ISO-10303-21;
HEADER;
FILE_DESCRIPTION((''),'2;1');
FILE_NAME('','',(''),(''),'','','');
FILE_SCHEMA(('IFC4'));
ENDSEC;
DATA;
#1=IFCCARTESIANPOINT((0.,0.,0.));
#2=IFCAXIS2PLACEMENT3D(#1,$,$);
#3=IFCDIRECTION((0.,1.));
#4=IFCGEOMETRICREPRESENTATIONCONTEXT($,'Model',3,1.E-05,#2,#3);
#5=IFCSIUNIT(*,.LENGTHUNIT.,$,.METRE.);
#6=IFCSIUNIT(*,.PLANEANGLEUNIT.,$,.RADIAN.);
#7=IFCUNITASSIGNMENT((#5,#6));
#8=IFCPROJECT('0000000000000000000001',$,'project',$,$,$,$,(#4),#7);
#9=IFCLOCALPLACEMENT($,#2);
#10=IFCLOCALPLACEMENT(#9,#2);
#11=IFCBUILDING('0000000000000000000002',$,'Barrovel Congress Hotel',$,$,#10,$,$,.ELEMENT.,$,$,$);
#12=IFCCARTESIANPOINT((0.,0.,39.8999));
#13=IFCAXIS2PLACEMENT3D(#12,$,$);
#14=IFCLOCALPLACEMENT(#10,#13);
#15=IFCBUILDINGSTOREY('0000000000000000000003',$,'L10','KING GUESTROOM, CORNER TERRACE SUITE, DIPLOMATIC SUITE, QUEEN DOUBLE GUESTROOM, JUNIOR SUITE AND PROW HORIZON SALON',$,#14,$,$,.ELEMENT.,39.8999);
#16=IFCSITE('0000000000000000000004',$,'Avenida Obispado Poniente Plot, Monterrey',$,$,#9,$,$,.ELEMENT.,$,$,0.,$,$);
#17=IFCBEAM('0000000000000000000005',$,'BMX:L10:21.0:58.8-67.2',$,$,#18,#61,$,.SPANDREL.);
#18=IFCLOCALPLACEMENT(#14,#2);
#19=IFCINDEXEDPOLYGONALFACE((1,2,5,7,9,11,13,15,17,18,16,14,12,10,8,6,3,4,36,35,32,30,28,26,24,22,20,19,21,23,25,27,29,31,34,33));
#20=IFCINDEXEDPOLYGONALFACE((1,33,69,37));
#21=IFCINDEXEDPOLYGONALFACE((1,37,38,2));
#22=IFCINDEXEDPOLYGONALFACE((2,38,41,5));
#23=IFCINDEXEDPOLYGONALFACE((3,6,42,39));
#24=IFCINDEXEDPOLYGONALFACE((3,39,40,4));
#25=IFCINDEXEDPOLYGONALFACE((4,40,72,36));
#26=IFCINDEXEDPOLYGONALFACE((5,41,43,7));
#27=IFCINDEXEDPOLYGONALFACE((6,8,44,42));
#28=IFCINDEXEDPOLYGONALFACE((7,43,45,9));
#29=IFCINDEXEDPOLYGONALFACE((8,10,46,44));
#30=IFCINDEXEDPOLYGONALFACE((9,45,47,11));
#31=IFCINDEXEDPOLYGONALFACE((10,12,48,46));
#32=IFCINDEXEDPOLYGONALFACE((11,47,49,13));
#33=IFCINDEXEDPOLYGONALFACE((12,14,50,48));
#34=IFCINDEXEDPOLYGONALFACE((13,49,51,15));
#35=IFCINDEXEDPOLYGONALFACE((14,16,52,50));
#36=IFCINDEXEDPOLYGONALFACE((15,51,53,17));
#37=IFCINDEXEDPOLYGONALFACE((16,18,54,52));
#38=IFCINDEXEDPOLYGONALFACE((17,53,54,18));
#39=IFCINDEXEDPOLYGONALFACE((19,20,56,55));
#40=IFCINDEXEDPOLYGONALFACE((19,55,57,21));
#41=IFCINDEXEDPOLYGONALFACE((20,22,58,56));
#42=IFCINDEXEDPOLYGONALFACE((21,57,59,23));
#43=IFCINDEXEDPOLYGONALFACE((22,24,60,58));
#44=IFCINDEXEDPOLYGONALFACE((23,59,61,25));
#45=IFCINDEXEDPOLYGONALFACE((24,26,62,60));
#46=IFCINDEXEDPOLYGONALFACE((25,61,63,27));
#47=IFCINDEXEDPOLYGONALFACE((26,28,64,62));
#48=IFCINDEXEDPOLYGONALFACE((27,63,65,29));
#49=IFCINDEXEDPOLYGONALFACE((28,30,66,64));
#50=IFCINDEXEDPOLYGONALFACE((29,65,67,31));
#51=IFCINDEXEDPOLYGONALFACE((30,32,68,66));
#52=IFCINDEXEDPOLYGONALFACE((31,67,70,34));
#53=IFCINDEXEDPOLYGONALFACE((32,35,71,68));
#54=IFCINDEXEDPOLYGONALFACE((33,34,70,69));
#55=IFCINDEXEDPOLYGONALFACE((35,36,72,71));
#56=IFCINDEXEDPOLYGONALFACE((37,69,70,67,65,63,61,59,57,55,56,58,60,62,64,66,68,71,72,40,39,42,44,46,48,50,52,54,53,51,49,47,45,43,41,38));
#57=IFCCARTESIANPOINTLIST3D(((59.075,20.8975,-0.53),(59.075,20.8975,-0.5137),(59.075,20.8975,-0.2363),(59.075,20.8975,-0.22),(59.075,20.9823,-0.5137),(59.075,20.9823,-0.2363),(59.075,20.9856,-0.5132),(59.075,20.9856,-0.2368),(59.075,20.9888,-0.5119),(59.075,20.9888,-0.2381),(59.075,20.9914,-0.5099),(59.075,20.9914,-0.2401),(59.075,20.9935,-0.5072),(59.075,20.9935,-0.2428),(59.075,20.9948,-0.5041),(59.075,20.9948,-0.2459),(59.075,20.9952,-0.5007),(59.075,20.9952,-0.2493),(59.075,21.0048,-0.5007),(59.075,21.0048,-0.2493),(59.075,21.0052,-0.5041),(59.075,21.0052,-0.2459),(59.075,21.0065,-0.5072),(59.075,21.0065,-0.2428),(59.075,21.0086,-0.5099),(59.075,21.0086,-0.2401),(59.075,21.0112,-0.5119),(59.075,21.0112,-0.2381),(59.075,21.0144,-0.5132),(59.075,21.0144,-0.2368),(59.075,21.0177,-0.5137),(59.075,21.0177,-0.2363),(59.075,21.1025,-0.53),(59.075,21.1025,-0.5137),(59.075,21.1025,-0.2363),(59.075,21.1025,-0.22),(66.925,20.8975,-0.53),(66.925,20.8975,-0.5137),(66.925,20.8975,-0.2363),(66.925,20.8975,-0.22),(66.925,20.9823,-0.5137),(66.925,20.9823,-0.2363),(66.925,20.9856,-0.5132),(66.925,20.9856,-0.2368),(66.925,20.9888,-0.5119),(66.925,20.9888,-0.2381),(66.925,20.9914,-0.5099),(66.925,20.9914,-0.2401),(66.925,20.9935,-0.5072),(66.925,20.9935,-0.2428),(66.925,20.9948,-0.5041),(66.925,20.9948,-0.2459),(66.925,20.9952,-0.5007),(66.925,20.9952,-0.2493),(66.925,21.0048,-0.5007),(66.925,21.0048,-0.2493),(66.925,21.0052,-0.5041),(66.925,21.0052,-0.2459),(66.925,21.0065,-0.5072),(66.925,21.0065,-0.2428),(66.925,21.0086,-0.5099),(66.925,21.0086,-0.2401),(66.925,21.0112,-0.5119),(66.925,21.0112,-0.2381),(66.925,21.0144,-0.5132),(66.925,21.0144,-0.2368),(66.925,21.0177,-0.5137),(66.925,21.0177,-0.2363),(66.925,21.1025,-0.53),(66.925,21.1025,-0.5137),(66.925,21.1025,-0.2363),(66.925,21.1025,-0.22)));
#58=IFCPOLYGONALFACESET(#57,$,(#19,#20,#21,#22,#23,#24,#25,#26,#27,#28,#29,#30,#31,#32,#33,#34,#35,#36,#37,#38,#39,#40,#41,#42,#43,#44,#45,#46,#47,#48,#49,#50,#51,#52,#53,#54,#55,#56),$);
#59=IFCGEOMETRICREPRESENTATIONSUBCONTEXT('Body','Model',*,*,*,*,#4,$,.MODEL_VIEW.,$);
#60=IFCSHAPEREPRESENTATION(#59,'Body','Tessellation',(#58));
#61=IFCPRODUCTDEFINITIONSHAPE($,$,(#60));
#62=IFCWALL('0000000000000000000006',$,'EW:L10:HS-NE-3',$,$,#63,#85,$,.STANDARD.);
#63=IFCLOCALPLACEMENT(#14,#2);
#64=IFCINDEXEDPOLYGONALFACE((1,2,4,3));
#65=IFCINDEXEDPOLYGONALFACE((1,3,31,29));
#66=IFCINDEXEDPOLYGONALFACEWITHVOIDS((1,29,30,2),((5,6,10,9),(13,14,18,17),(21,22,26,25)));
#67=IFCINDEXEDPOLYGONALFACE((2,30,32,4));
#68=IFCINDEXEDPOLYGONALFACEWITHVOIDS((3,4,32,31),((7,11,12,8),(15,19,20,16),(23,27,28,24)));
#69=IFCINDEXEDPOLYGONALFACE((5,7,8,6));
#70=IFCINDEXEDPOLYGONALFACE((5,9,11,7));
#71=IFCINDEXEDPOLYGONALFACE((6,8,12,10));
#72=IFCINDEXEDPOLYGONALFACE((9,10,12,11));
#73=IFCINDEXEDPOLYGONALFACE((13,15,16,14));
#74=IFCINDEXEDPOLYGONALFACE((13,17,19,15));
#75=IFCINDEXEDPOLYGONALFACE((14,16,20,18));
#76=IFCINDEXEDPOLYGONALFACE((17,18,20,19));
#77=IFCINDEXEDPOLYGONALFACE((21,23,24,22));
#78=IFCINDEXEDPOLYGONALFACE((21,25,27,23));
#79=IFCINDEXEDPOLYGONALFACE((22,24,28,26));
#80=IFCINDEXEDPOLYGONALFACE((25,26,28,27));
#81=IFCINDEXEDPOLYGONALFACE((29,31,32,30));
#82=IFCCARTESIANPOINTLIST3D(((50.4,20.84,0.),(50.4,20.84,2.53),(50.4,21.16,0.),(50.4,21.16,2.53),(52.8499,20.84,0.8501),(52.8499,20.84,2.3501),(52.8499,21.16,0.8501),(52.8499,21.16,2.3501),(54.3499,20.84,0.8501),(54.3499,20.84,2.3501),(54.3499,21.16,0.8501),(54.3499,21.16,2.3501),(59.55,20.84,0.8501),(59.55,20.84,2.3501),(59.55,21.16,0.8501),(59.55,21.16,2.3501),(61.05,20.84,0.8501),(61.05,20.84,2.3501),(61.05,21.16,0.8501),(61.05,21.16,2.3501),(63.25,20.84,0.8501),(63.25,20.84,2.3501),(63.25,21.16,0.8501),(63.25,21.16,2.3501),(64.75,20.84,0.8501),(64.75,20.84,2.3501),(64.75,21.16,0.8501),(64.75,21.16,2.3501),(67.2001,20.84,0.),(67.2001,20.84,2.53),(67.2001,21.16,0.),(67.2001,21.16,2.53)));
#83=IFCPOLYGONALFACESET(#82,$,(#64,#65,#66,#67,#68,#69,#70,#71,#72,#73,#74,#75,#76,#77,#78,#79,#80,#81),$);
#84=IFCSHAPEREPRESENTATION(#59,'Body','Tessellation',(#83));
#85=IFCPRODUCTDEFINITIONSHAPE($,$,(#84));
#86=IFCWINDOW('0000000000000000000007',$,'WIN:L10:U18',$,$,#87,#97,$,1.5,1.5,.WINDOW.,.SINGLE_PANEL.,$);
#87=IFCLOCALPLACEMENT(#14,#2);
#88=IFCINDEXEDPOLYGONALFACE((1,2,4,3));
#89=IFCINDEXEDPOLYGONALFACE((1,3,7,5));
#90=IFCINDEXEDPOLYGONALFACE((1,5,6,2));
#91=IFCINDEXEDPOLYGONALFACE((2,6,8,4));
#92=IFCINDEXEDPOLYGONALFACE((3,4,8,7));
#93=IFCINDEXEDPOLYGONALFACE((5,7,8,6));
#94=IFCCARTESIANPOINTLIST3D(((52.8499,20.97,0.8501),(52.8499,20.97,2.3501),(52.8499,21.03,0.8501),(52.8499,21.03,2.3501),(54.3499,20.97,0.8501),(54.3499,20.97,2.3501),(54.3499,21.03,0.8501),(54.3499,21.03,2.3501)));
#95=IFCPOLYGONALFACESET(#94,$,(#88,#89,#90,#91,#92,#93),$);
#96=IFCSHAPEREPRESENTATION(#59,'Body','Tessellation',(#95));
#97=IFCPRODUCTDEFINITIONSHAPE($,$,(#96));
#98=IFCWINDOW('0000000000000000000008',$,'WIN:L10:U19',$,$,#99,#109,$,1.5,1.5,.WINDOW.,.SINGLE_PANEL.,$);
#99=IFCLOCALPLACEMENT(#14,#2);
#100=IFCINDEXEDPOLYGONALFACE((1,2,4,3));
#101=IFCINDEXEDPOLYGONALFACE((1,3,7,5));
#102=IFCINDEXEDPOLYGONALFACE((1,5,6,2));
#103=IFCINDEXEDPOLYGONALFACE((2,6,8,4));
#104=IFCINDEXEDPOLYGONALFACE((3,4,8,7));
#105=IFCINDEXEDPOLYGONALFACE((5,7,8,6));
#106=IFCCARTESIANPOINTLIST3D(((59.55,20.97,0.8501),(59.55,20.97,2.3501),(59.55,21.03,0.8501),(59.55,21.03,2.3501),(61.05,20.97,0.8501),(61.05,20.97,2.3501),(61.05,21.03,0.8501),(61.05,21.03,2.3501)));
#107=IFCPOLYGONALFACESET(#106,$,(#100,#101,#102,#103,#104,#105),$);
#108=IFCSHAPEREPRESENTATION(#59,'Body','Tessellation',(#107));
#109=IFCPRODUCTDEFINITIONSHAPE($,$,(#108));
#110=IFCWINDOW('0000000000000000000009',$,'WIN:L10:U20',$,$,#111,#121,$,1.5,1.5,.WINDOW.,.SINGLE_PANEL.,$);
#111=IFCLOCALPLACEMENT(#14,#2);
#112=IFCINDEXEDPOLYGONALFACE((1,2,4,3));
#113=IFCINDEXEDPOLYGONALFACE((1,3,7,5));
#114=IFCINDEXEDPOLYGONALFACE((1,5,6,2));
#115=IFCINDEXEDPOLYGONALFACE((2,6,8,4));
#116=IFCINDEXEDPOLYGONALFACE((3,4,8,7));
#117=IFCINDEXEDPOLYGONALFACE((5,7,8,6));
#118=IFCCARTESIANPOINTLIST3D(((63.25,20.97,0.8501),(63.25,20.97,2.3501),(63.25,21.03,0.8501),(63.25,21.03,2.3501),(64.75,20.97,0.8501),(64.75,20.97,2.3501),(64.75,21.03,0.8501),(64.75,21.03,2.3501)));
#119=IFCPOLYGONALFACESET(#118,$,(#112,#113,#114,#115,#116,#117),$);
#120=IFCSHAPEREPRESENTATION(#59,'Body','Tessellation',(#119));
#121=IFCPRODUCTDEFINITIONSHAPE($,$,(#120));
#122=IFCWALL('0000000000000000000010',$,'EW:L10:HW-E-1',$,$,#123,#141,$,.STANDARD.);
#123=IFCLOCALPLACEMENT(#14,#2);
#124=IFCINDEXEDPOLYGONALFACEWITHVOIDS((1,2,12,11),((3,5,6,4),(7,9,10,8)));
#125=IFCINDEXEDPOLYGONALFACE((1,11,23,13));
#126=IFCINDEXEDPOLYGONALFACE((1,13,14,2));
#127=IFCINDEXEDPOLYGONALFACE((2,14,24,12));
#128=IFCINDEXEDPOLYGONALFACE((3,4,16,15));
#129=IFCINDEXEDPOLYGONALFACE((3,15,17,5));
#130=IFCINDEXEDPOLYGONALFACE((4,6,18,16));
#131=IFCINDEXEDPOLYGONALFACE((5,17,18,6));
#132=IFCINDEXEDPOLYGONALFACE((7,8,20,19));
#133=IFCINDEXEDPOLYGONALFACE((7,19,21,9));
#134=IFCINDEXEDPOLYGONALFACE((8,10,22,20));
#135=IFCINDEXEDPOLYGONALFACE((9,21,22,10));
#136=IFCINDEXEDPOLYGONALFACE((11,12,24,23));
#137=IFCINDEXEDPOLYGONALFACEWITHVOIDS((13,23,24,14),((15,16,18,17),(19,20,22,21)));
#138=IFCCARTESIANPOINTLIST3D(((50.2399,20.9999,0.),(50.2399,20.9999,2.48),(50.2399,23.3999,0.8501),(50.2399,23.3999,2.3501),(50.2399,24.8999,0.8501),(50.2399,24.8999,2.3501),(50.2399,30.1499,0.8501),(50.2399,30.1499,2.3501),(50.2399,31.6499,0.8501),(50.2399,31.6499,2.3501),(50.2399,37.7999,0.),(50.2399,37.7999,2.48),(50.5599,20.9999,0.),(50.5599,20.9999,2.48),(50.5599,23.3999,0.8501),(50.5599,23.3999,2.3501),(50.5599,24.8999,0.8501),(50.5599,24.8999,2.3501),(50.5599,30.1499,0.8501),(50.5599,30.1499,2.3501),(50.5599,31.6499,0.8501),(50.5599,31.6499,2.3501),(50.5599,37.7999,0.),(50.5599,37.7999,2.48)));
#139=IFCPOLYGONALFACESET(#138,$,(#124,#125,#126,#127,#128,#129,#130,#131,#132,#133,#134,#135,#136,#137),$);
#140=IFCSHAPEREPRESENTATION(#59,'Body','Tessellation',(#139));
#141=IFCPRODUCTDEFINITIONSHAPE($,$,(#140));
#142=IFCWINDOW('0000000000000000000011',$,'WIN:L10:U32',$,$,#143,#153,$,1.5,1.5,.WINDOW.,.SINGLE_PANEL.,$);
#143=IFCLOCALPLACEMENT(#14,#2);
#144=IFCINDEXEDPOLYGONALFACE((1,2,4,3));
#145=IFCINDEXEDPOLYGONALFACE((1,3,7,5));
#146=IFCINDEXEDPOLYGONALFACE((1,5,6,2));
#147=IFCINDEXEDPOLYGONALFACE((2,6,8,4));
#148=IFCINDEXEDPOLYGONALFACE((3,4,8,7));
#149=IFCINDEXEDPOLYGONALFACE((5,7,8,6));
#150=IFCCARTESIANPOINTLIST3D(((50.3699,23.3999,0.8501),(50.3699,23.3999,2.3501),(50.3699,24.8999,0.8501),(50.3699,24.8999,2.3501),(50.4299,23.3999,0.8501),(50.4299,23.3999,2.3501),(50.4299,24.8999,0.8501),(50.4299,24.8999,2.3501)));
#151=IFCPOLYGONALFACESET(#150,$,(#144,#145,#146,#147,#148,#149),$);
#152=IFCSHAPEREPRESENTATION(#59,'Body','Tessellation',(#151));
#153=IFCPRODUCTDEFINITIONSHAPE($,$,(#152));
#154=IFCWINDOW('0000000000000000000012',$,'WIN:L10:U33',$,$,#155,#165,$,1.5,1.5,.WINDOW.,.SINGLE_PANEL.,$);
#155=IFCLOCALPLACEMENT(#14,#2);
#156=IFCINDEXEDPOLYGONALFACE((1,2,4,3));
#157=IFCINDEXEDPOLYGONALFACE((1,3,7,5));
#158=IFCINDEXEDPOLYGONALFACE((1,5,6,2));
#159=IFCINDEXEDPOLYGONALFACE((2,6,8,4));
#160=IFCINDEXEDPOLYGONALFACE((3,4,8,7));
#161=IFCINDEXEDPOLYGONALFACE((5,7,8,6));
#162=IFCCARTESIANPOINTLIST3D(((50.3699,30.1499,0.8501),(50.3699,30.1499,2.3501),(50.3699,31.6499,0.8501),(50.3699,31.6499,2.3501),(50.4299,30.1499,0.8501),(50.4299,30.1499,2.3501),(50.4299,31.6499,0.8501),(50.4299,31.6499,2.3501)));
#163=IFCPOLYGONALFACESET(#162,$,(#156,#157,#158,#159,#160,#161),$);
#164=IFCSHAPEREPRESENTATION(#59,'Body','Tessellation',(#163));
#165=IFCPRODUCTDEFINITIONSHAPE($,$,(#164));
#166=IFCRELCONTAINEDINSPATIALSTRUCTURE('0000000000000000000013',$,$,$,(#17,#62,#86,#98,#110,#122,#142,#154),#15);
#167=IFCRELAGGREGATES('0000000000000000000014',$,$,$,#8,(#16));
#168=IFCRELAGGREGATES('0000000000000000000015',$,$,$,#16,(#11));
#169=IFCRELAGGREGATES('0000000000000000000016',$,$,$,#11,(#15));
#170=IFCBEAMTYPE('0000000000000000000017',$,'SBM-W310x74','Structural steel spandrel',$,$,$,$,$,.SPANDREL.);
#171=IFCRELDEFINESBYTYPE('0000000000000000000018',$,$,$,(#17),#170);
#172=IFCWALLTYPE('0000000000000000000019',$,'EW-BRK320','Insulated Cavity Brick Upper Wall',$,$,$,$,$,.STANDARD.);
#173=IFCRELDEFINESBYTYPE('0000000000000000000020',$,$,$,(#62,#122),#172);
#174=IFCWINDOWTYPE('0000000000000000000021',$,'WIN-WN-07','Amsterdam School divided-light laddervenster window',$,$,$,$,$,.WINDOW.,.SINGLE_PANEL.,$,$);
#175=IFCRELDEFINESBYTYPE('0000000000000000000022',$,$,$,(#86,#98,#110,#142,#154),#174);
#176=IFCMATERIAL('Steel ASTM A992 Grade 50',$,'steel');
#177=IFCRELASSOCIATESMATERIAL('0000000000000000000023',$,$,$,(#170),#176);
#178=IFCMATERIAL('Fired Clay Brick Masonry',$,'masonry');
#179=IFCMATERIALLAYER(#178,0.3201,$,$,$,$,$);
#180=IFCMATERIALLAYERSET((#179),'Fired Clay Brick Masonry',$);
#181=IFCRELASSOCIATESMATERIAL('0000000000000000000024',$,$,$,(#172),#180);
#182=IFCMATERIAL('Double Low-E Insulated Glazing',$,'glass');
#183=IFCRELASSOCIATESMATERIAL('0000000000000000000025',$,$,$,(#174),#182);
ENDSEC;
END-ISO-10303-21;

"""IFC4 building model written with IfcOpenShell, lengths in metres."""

from ifc_helpers import new_model, si_unit, direction, frame, frame_2d, origin, origin_2d, place, context, subcontext, project, spatial, rectangle, i_section, extrude, material, layer, layer_set, material_profile, profile_set, type_object, element, fill, save


model = new_model("IFC4")

# Units and contexts
model_context = context("Model", 3, precision=1e-05, world=origin(), true_north=direction((0.0, 1.0)))
body_context = subcontext(model_context, "Body", "Model", "MODEL_VIEW")
ifc_project = project(units=[si_unit("LENGTHUNIT", "METRE"), si_unit("PLANEANGLEUNIT", "RADIAN")], contexts=[model_context])

# Site, building, storey
site_placement = place(None, origin())
site = spatial("IfcSite", under=ifc_project, at=site_placement, Name="Avenida Obispado Poniente Plot, Monterrey", CompositionType="ELEMENT", RefElevation=0.0)
building_placement = place(site_placement, origin())
building = spatial("IfcBuilding", under=site, at=building_placement, Name="Barrovel Congress Hotel", CompositionType="ELEMENT")
storey_placement = place(building_placement, frame((0.0, 0.0, 39.8999)))
storey = spatial("IfcBuildingStorey", under=building, at=storey_placement, Name="L10", Description="KING GUESTROOM, CORNER TERRACE SUITE, DIPLOMATIC SUITE, QUEEN DOUBLE GUESTROOM, JUNIOR SUITE AND PROW HORIZON SALON", CompositionType="ELEMENT", Elevation=39.8999)

# Beam
ifc_material_1 = material(Name="Steel ASTM A992 Grade 50", Category="steel")
ifc_material_profile_1 = material_profile(ifc_material_1, i_section(OverallWidth=0.2051, OverallDepth=0.3101, WebThickness=0.0095, FlangeThickness=0.0164, FilletRadius=0.0129, at=origin_2d()), Name="W310x74")
ifc_profile_set_1 = profile_set([ifc_material_profile_1], Name="Steel ASTM A992 Grade 50")
beam_type_1 = type_object("IfcBeamType", Name="SBM-W310x74", Description="Structural steel spandrel", PredefinedType="SPANDREL", material=ifc_profile_set_1)
beam_1_placement = place(storey_placement, frame((59.075, 21.0, -0.375), z_axis=(1.0, 0.0, 0.0), x_axis=(0.0, 1.0, 0.0)))
element("IfcBeam", 1, at=beam_1_placement, inside=storey, type_object=beam_type_1, Name="BMX:L10:21.0:58.8-67.2", PredefinedType="SPANDREL", context=body_context, shape_type="SweptSolid", body=[
    extrude(i_section(OverallWidth=0.2051, OverallDepth=0.3101, WebThickness=0.0095, FlangeThickness=0.0164, FilletRadius=0.0129, at=origin_2d()), origin(), (0.0, 0.0, 1.0), 7.8501),
])

# Walls, openings, windows
ifc_material_2 = material(Name="Fired Clay Brick Masonry", Category="masonry")
ifc_layer_1 = layer(ifc_material_2, 0.3201)
ifc_layer_set_1 = layer_set([ifc_layer_1], Name="Fired Clay Brick Masonry")
wall_type_1 = type_object("IfcWallType", Name="EW-BRK320", Description="Insulated Cavity Brick Upper Wall", PredefinedType="STANDARD", material=ifc_layer_set_1)
wall_1_placement = place(storey_placement, frame((67.2, 21.0, 0.0), z_axis=(0.0, 0.0, 1.0), x_axis=(-1.0, 0.0, 0.0)))
wall_1 = element("IfcWall", 2, at=wall_1_placement, inside=storey, type_object=wall_type_1, Name="EW:L10:HS-NE-3", PredefinedType="STANDARD", context=body_context, shape_type="SweptSolid", body=[
    extrude(rectangle(XDim=16.8, YDim=0.3201, at=frame_2d((8.3999, 0.0))), origin(), (0.0, 0.0, 1.0), 2.53),
])
opening_1_placement = place(wall_1_placement, frame((12.8501, 0.0, 0.8501)))
opening_1 = element("IfcOpeningElement", 3, at=opening_1_placement, cuts=wall_1, PredefinedType="OPENING", context=body_context, shape_type="SweptSolid", body=[
    extrude(rectangle(XDim=1.5, YDim=1.5, at=frame_2d((0.75, 0.75))), frame((0.0, 0.1699, 0.0), z_axis=(0.0, -1.0, 0.0), x_axis=(1.0, 0.0, 0.0)), (0.0, 0.0, 1.0), 0.3401),
])
opening_2_placement = place(wall_1_placement, frame((6.1499, 0.0, 0.8501)))
opening_2 = element("IfcOpeningElement", 4, at=opening_2_placement, cuts=wall_1, PredefinedType="OPENING", context=body_context, shape_type="SweptSolid", body=[
    extrude(rectangle(XDim=1.5, YDim=1.5, at=frame_2d((0.75, 0.75))), frame((0.0, 0.1699, 0.0), z_axis=(0.0, -1.0, 0.0), x_axis=(1.0, 0.0, 0.0)), (0.0, 0.0, 1.0), 0.3401),
])
opening_3_placement = place(wall_1_placement, frame((2.45, 0.0, 0.8501)))
opening_3 = element("IfcOpeningElement", 5, at=opening_3_placement, cuts=wall_1, PredefinedType="OPENING", context=body_context, shape_type="SweptSolid", body=[
    extrude(rectangle(XDim=1.5, YDim=1.5, at=frame_2d((0.75, 0.75))), frame((0.0, 0.1699, 0.0), z_axis=(0.0, -1.0, 0.0), x_axis=(1.0, 0.0, 0.0)), (0.0, 0.0, 1.0), 0.3401),
])
ifc_material_3 = material(Name="Double Low-E Insulated Glazing", Category="glass")
window_type = type_object("IfcWindowType", Name="WIN-WN-07", Description="Amsterdam School divided-light laddervenster window", PartitioningType="SINGLE_PANEL", PredefinedType="WINDOW", material=ifc_material_3)
window_1_placement = place(opening_1_placement, origin())
window_1 = element("IfcWindow", 6, at=window_1_placement, inside=storey, type_object=window_type, Name="WIN:L10:U18", OverallHeight=1.5, OverallWidth=1.5, PartitioningType="SINGLE_PANEL", PredefinedType="WINDOW", context=body_context, shape_type="SweptSolid", body=[
    extrude(rectangle(XDim=1.5, YDim=1.5, at=frame_2d((0.75, 0.75))), frame((0.0, 0.03, 0.0), z_axis=(0.0, -1.0, 0.0), x_axis=(1.0, 0.0, 0.0)), (0.0, 0.0, 1.0), 0.0601),
])
fill(opening_1, window_1)
window_2_placement = place(opening_2_placement, origin())
window_2 = element("IfcWindow", 7, at=window_2_placement, inside=storey, type_object=window_type, Name="WIN:L10:U19", OverallHeight=1.5, OverallWidth=1.5, PartitioningType="SINGLE_PANEL", PredefinedType="WINDOW", context=body_context, shape_type="SweptSolid", body=[
    extrude(rectangle(XDim=1.5, YDim=1.5, at=frame_2d((0.75, 0.75))), frame((0.0, 0.03, 0.0), z_axis=(0.0, -1.0, 0.0), x_axis=(1.0, 0.0, 0.0)), (0.0, 0.0, 1.0), 0.0601),
])
fill(opening_2, window_2)
window_3_placement = place(opening_3_placement, origin())
window_3 = element("IfcWindow", 8, at=window_3_placement, inside=storey, type_object=window_type, Name="WIN:L10:U20", OverallHeight=1.5, OverallWidth=1.5, PartitioningType="SINGLE_PANEL", PredefinedType="WINDOW", context=body_context, shape_type="SweptSolid", body=[
    extrude(rectangle(XDim=1.5, YDim=1.5, at=frame_2d((0.75, 0.75))), frame((0.0, 0.03, 0.0), z_axis=(0.0, -1.0, 0.0), x_axis=(1.0, 0.0, 0.0)), (0.0, 0.0, 1.0), 0.0601),
])
fill(opening_3, window_3)
wall_2_placement = place(storey_placement, frame((50.3999, 21.0, 0.0), z_axis=(0.0, 0.0, 1.0), x_axis=(0.0, 1.0, 0.0)))
wall_2 = element("IfcWall", 9, at=wall_2_placement, inside=storey, type_object=wall_type_1, Name="EW:L10:HW-E-1", PredefinedType="STANDARD", context=body_context, shape_type="SweptSolid", body=[
    extrude(rectangle(XDim=16.8, YDim=0.3201, at=frame_2d((8.3999, 0.0))), origin(), (0.0, 0.0, 1.0), 2.48),
])
opening_4_placement = place(wall_2_placement, frame((2.3999, 0.0, 0.8501)))
opening_4 = element("IfcOpeningElement", 10, at=opening_4_placement, cuts=wall_2, PredefinedType="OPENING", context=body_context, shape_type="SweptSolid", body=[
    extrude(rectangle(XDim=1.5, YDim=1.5, at=frame_2d((0.75, 0.75))), frame((0.0, 0.1699, 0.0), z_axis=(0.0, -1.0, 0.0), x_axis=(1.0, 0.0, 0.0)), (0.0, 0.0, 1.0), 0.3401),
])
opening_5_placement = place(wall_2_placement, frame((9.1499, 0.0, 0.8501)))
opening_5 = element("IfcOpeningElement", 11, at=opening_5_placement, cuts=wall_2, PredefinedType="OPENING", context=body_context, shape_type="SweptSolid", body=[
    extrude(rectangle(XDim=1.5, YDim=1.5, at=frame_2d((0.75, 0.75))), frame((0.0, 0.1699, 0.0), z_axis=(0.0, -1.0, 0.0), x_axis=(1.0, 0.0, 0.0)), (0.0, 0.0, 1.0), 0.3401),
])
window_4_placement = place(opening_4_placement, origin())
window_4 = element("IfcWindow", 12, at=window_4_placement, inside=storey, type_object=window_type, Name="WIN:L10:U32", OverallHeight=1.5, OverallWidth=1.5, PartitioningType="SINGLE_PANEL", PredefinedType="WINDOW", context=body_context, shape_type="SweptSolid", body=[
    extrude(rectangle(XDim=1.5, YDim=1.5, at=frame_2d((0.75, 0.75))), frame((0.0, 0.03, 0.0), z_axis=(0.0, -1.0, 0.0), x_axis=(1.0, 0.0, 0.0)), (0.0, 0.0, 1.0), 0.0601),
])
fill(opening_4, window_4)
window_5_placement = place(opening_5_placement, origin())
window_5 = element("IfcWindow", 13, at=window_5_placement, inside=storey, type_object=window_type, Name="WIN:L10:U33", OverallHeight=1.5, OverallWidth=1.5, PartitioningType="SINGLE_PANEL", PredefinedType="WINDOW", context=body_context, shape_type="SweptSolid", body=[
    extrude(rectangle(XDim=1.5, YDim=1.5, at=frame_2d((0.75, 0.75))), frame((0.0, 0.03, 0.0), z_axis=(0.0, -1.0, 0.0), x_axis=(1.0, 0.0, 0.0)), (0.0, 0.0, 1.0), 0.0601),
])
fill(opening_5, window_5)

save(model, "model.ifc")
